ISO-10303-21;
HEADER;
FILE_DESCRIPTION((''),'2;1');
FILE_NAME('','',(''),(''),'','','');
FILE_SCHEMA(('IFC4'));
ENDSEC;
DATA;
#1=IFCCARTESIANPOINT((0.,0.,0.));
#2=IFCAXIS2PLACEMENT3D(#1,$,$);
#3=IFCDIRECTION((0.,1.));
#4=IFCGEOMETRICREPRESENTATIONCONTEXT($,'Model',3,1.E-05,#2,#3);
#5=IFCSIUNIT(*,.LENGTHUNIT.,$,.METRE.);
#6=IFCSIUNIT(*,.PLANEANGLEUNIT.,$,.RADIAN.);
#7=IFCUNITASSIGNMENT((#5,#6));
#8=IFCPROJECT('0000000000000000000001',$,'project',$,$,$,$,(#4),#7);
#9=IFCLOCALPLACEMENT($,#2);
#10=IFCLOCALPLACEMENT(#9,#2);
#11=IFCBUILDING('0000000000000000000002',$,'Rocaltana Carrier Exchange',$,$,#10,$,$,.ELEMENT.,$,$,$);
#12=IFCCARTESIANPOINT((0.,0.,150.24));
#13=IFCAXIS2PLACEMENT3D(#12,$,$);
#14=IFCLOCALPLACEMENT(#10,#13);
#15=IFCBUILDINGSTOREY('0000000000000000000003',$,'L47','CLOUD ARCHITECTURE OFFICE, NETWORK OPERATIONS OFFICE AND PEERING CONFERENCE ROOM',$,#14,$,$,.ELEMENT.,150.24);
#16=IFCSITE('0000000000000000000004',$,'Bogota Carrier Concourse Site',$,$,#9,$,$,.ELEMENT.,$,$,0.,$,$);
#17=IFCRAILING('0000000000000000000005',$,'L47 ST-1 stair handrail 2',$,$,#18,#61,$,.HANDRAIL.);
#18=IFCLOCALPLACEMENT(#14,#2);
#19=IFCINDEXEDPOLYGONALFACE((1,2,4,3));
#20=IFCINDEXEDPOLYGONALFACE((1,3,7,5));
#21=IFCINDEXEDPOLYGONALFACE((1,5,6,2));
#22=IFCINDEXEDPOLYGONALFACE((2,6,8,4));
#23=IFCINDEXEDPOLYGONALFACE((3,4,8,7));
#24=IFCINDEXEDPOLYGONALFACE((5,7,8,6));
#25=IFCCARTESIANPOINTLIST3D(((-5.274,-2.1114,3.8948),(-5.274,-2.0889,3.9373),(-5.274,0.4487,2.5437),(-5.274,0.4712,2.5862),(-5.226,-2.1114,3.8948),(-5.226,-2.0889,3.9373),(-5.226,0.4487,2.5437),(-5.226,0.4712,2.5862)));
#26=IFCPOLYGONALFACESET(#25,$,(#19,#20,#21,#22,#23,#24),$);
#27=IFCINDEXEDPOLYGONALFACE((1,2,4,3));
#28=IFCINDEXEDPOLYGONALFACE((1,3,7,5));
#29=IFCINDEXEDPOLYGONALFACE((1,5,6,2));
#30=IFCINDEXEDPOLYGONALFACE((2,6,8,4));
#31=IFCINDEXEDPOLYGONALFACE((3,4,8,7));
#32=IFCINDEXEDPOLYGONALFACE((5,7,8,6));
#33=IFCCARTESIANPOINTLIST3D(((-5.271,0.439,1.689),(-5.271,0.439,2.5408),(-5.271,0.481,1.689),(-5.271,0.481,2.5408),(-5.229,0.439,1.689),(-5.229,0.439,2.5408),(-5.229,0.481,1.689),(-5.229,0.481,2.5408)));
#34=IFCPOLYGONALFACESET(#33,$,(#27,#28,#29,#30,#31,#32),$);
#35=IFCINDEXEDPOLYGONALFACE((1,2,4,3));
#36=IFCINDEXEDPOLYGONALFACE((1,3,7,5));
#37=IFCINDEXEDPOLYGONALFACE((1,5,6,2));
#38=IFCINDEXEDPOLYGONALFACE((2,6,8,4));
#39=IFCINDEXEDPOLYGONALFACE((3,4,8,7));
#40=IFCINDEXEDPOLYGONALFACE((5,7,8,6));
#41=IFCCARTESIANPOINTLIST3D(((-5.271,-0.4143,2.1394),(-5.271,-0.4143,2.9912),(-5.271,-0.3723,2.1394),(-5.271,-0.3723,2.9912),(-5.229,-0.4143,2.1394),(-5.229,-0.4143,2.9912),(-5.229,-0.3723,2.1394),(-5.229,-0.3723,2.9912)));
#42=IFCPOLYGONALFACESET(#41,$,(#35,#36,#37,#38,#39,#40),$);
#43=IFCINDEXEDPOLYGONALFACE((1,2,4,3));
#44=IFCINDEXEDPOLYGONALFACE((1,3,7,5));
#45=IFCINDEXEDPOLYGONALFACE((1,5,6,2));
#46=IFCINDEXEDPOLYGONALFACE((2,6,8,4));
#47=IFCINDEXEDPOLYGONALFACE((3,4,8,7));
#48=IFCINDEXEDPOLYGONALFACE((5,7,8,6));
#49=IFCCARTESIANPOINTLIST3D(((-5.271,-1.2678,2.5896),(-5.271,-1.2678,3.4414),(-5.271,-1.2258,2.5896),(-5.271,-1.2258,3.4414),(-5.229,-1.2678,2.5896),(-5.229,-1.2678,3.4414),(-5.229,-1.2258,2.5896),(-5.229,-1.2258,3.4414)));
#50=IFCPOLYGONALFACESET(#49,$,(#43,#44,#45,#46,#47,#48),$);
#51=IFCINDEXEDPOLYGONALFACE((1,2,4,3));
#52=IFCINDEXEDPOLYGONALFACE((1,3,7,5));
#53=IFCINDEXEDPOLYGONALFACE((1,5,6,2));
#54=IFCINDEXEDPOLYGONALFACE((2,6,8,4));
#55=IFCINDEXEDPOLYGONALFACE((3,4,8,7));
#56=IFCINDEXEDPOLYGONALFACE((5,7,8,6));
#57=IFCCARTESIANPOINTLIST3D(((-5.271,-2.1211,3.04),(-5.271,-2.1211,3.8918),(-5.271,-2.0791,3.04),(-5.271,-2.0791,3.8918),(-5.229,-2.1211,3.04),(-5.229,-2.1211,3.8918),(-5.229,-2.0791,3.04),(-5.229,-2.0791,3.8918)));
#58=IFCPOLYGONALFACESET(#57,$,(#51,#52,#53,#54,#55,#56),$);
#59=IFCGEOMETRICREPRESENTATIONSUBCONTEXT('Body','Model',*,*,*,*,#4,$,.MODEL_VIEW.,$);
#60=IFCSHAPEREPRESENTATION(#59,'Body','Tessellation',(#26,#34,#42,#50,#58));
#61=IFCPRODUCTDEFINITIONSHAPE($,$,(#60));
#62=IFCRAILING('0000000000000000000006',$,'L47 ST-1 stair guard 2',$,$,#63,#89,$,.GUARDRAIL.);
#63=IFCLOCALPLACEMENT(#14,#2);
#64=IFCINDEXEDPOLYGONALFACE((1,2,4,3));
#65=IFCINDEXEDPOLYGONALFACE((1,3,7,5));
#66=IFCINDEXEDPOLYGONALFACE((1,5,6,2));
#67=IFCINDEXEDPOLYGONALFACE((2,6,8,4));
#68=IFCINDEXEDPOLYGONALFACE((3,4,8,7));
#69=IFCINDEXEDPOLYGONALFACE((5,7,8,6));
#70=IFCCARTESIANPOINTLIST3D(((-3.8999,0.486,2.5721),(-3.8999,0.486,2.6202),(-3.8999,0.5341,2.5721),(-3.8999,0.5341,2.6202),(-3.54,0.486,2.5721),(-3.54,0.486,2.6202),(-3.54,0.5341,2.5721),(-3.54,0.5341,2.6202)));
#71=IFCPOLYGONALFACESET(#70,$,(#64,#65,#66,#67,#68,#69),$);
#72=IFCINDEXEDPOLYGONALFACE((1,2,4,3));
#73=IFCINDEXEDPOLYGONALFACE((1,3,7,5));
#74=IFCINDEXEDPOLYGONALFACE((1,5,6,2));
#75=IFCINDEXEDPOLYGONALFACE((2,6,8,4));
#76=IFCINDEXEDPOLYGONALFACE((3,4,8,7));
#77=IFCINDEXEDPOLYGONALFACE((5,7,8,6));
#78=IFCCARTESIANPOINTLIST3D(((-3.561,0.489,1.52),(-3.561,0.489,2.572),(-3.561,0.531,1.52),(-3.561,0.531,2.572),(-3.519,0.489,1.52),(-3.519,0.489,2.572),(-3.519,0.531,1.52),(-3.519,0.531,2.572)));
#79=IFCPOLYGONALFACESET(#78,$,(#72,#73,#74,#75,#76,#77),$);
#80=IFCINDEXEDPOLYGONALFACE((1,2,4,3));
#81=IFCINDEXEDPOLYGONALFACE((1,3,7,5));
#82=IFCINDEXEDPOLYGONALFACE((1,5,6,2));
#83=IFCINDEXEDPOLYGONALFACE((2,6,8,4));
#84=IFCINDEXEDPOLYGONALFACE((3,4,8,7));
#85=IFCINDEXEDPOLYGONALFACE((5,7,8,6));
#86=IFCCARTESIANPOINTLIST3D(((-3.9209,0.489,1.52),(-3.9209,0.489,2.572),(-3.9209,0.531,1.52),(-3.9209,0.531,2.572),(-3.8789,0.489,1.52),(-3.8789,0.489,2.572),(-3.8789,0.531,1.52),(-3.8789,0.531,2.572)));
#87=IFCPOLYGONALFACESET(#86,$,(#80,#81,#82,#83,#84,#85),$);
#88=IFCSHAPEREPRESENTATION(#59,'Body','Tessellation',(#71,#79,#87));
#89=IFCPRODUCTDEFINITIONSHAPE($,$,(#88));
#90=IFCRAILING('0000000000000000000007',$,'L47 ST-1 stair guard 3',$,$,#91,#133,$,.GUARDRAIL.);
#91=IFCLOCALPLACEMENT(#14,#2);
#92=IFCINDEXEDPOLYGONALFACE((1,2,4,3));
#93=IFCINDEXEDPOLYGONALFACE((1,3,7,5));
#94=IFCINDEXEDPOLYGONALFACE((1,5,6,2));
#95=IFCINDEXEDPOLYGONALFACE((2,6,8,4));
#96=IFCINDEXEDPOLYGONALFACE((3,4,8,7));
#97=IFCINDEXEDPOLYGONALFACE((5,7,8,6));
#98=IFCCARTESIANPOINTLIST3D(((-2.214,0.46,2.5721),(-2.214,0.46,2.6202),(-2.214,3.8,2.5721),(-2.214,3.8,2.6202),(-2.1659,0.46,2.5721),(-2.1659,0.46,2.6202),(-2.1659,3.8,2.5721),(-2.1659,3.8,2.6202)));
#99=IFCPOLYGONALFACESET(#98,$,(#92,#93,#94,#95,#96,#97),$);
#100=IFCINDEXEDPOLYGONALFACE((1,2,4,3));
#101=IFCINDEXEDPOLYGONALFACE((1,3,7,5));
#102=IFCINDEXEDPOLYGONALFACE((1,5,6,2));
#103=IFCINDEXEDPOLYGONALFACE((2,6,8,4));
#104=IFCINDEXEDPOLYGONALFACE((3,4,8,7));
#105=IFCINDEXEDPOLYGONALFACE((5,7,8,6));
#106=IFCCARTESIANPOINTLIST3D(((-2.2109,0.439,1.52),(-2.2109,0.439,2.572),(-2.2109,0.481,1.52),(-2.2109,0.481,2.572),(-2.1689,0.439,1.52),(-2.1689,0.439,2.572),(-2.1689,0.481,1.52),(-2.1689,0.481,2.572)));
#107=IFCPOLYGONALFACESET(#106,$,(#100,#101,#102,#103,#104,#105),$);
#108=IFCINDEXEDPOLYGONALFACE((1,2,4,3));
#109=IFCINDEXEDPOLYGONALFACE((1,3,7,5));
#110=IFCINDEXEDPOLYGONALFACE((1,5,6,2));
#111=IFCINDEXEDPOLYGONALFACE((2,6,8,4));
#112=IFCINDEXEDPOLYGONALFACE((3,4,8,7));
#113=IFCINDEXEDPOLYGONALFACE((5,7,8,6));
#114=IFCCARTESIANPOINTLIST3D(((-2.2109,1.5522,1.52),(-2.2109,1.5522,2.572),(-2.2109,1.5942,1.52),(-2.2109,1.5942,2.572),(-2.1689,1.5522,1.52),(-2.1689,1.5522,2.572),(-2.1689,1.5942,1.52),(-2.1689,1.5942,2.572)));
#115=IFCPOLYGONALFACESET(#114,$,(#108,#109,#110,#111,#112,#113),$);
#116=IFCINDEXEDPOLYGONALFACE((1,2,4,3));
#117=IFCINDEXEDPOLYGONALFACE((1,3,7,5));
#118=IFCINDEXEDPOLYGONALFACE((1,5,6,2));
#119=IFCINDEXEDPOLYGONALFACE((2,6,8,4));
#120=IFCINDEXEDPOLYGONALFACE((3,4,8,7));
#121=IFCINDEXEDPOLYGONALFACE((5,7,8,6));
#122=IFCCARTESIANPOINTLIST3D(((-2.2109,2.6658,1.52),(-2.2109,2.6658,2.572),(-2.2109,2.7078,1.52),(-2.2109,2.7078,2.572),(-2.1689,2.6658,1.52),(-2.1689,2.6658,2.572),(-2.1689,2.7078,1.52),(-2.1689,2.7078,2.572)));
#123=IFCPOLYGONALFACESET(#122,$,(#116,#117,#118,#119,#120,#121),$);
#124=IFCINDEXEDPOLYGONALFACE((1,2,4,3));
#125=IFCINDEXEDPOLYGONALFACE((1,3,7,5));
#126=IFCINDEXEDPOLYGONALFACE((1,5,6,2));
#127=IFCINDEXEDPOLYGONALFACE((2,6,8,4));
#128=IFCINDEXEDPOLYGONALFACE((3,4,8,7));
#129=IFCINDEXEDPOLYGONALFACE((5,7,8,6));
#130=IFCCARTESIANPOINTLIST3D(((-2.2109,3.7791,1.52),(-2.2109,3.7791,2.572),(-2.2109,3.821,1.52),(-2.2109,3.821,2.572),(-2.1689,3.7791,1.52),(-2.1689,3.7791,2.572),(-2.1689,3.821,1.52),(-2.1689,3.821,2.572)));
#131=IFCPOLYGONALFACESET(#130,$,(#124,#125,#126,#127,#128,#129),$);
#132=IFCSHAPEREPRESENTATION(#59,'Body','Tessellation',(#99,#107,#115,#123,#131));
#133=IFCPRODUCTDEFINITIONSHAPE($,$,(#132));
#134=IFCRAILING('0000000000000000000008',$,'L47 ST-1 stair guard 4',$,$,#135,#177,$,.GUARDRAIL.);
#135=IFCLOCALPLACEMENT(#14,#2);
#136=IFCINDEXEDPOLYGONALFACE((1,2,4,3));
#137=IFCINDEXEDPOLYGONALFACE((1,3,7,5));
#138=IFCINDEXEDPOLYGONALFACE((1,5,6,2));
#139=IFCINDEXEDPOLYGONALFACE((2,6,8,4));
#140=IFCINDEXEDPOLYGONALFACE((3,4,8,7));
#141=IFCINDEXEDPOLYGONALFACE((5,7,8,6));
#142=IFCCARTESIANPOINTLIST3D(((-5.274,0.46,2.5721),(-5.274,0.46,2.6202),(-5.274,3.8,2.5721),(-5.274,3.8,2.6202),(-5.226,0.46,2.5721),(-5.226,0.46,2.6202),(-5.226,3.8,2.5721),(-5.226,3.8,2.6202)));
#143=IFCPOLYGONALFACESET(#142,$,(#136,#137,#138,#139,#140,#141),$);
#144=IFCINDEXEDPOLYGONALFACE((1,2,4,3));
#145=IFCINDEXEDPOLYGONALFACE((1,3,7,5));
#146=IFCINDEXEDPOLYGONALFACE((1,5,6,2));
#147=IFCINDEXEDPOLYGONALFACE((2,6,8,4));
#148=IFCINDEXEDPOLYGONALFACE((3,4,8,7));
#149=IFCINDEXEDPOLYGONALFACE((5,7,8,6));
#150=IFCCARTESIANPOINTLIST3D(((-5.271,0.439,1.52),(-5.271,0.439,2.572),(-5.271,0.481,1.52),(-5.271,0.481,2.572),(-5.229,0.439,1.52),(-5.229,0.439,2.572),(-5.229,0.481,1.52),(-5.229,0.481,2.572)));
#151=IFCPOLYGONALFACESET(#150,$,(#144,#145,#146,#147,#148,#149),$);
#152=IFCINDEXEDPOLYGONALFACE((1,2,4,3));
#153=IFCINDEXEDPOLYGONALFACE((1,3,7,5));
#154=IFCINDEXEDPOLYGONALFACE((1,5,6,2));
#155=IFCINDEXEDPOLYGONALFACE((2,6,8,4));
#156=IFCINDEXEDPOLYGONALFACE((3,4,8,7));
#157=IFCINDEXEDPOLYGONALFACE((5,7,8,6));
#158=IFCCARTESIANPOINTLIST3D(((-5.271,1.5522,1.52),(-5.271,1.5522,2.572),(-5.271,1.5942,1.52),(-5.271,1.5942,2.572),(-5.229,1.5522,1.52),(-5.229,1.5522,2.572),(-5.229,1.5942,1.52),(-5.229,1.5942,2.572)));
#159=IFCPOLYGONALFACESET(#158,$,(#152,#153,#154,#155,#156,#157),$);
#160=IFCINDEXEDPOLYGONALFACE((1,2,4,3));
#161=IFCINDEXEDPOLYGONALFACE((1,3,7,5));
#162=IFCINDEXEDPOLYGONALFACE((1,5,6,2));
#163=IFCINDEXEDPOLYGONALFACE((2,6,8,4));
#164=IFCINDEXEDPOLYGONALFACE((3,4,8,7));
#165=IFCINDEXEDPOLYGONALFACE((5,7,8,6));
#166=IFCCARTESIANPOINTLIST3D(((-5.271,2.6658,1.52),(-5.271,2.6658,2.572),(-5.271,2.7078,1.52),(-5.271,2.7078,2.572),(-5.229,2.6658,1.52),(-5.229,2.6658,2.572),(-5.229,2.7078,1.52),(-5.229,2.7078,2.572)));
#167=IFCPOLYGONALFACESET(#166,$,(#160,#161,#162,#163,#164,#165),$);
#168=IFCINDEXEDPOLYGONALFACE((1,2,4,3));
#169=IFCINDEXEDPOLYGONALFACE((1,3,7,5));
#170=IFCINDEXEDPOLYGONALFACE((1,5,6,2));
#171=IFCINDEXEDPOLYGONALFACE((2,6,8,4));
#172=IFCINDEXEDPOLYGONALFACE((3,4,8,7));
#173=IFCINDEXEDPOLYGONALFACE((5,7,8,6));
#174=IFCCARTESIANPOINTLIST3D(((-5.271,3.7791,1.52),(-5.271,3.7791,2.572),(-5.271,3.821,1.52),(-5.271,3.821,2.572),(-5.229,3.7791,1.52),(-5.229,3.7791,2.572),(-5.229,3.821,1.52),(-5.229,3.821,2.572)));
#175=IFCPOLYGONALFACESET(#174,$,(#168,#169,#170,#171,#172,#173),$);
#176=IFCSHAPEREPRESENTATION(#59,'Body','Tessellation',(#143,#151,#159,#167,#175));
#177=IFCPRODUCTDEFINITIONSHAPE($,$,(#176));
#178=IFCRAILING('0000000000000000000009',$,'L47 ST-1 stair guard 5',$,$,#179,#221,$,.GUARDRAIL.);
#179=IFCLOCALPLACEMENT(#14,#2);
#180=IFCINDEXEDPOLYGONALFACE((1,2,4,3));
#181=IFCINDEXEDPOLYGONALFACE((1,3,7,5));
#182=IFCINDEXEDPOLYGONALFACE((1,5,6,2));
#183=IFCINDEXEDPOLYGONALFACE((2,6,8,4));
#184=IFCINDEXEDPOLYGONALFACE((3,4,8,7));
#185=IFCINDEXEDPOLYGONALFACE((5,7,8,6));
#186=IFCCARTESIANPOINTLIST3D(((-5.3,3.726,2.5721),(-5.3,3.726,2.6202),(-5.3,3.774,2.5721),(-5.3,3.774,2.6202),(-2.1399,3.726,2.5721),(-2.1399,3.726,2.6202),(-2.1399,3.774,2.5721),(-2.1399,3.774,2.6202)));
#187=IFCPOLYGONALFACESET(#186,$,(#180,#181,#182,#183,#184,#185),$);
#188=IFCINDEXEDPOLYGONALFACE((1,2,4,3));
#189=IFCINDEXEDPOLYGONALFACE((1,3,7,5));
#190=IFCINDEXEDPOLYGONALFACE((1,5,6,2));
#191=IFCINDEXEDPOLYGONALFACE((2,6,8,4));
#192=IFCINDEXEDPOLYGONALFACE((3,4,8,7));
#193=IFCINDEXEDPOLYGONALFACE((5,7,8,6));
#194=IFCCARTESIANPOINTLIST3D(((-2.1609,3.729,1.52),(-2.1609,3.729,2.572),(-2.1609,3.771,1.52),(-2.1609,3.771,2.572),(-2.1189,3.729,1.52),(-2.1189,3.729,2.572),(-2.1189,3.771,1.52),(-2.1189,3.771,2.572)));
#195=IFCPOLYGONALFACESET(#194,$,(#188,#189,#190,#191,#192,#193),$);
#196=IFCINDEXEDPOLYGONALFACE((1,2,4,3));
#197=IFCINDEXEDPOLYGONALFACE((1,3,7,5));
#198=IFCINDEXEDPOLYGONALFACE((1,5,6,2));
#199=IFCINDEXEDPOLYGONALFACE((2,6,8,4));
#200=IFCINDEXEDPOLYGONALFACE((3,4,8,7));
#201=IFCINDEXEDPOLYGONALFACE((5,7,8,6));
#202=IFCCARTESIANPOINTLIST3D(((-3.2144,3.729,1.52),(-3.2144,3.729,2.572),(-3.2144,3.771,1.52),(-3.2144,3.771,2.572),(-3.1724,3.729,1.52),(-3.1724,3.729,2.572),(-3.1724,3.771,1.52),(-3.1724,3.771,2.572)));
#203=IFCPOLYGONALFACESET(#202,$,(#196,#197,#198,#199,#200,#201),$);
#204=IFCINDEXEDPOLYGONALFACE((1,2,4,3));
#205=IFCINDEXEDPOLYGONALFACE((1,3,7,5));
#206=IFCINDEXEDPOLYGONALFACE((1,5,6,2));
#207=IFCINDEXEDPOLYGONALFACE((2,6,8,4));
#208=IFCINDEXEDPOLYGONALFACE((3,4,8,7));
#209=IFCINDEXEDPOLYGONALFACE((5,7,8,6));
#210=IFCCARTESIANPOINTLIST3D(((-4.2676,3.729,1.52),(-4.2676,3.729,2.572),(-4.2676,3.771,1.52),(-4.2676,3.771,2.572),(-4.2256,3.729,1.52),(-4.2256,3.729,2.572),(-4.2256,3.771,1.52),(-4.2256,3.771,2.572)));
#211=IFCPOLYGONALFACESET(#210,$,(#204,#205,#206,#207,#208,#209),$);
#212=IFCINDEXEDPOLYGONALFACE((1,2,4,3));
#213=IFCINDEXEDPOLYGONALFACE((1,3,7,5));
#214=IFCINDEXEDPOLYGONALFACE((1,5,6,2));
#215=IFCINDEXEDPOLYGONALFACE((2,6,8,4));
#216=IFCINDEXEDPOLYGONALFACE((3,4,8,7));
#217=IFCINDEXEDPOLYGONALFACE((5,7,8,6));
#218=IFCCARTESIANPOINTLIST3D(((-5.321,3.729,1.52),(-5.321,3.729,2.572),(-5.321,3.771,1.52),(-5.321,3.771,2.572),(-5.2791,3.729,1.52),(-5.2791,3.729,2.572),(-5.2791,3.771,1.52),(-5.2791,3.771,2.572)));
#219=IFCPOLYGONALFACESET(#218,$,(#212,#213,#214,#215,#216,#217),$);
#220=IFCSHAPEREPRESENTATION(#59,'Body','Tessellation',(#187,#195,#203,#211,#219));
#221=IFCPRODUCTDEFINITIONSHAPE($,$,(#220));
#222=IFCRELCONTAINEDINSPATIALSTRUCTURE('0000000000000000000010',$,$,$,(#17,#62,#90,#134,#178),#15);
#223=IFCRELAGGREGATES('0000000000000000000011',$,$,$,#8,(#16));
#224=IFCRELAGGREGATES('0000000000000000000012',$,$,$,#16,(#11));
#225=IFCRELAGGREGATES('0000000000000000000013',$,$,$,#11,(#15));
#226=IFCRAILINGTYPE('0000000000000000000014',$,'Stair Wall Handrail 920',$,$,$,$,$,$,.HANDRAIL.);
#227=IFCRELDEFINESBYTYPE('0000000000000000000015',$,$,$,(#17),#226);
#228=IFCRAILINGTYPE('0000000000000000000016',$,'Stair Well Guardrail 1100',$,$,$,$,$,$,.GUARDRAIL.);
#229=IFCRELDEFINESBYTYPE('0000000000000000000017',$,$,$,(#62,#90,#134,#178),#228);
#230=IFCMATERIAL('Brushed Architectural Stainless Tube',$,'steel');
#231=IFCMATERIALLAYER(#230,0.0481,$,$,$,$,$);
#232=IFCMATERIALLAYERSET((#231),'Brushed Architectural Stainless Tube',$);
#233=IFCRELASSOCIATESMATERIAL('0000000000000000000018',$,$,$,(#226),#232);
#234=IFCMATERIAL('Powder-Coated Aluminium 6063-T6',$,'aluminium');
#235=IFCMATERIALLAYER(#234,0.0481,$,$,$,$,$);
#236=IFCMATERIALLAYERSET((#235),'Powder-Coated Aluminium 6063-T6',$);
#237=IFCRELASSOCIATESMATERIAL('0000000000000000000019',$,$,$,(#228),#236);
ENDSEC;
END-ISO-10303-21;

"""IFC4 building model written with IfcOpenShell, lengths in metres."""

from ifc_helpers import new_model, si_unit, direction, frame, origin, origin_2d, place, context, subcontext, project, spatial, rectangle, extrude, material, layer, layer_set, type_object, element, save


model = new_model("IFC4")

# Units and contexts
model_context = context("Model", 3, precision=1e-05, world=origin(), true_north=direction((0.0, 1.0)))
body_context = subcontext(model_context, "Body", "Model", "MODEL_VIEW")
ifc_project = project(units=[si_unit("LENGTHUNIT", "METRE"), si_unit("PLANEANGLEUNIT", "RADIAN")], contexts=[model_context])

# Site, building, storey
site_placement = place(None, origin())
site = spatial("IfcSite", under=ifc_project, at=site_placement, Name="Bogota Carrier Concourse Site", CompositionType="ELEMENT", RefElevation=0.0)
building_placement = place(site_placement, origin())
building = spatial("IfcBuilding", under=site, at=building_placement, Name="Rocaltana Carrier Exchange", CompositionType="ELEMENT")
storey_placement = place(building_placement, frame((0.0, 0.0, 150.24)))
storey = spatial("IfcBuildingStorey", under=building, at=storey_placement, Name="L47", Description="CLOUD ARCHITECTURE OFFICE, NETWORK OPERATIONS OFFICE AND PEERING CONFERENCE ROOM", CompositionType="ELEMENT", Elevation=150.24)

# Railings
ifc_material_1 = material(Name="Brushed Architectural Stainless Tube", Category="steel")
ifc_layer_1 = layer(ifc_material_1, 0.0481)
ifc_layer_set_1 = layer_set([ifc_layer_1], Name="Brushed Architectural Stainless Tube")
railing_type_1 = type_object("IfcRailingType", Name="Stair Wall Handrail 920", PredefinedType="HANDRAIL", material=ifc_layer_set_1)
railing_1_placement = place(storey_placement, frame((-5.25, 0.46, 1.689)))
element("IfcRailing", 1, at=railing_1_placement, inside=storey, type_object=railing_type_1, Name="L47 ST-1 stair handrail 2", PredefinedType="HANDRAIL", context=body_context, shape_type="SweptSolid", body=[
    extrude(rectangle(XDim=0.0481, YDim=0.0481, at=origin_2d()), frame((0.0, 0.0, 0.876), z_axis=(0.0, -0.884394, 0.46674), x_axis=(1.0, 0.0, 0.0)), (0.0, 0.0, 1.0), 2.8948),
    extrude(rectangle(XDim=0.042, YDim=0.042, at=origin_2d()), origin(), (0.0, 0.0, 1.0), 0.8518),
    extrude(rectangle(XDim=0.042, YDim=0.042, at=origin_2d()), frame((0.0, -0.8533, 0.4504)), (0.0, 0.0, 1.0), 0.8518),
    extrude(rectangle(XDim=0.042, YDim=0.042, at=origin_2d()), frame((0.0, -1.7068, 0.9006)), (0.0, 0.0, 1.0), 0.8518),
    extrude(rectangle(XDim=0.042, YDim=0.042, at=origin_2d()), frame((0.0, -2.5601, 1.3511)), (0.0, 0.0, 1.0), 0.8518),
])
ifc_material_2 = material(Name="Powder-Coated Aluminium 6063-T6", Category="aluminium")
ifc_layer_2 = layer(ifc_material_2, 0.0481)
ifc_layer_set_2 = layer_set([ifc_layer_2], Name="Powder-Coated Aluminium 6063-T6")
railing_type_2 = type_object("IfcRailingType", Name="Stair Well Guardrail 1100", PredefinedType="GUARDRAIL", material=ifc_layer_set_2)
railing_2_placement = place(storey_placement, frame((-3.54, 0.51, 1.52)))
element("IfcRailing", 2, at=railing_2_placement, inside=storey, type_object=railing_type_2, Name="L47 ST-1 stair guard 2", PredefinedType="GUARDRAIL", context=body_context, shape_type="SweptSolid", body=[
    extrude(rectangle(XDim=0.0481, YDim=0.0481, at=origin_2d()), frame((0.0, 0.0, 1.0762), z_axis=(-1.0, 0.0, 0.0), x_axis=(0.0, -1.0, 0.0)), (0.0, 0.0, 1.0), 0.3599),
    extrude(rectangle(XDim=0.042, YDim=0.042, at=origin_2d()), origin(), (0.0, 0.0, 1.0), 1.052),
    extrude(rectangle(XDim=0.042, YDim=0.042, at=origin_2d()), frame((-0.3599, 0.0, 0.0)), (0.0, 0.0, 1.0), 1.052),
])
for number, where, name in (
    (3, (-2.1899, 0.46, 1.52), "L47 ST-1 stair guard 3"),
    (4, (-5.25, 0.46, 1.52), "L47 ST-1 stair guard 4"),
):
    element("IfcRailing", number, at=place(storey_placement, frame(where)), inside=storey, type_object=railing_type_2, Name=name, PredefinedType="GUARDRAIL", context=body_context, shape_type="SweptSolid", body=[
        extrude(rectangle(XDim=0.0481, YDim=0.0481, at=origin_2d()), frame((0.0, 0.0, 1.0762), z_axis=(0.0, 1.0, 0.0), x_axis=(-1.0, 0.0, 0.0)), (0.0, 0.0, 1.0), 3.3401),
        extrude(rectangle(XDim=0.042, YDim=0.042, at=origin_2d()), origin(), (0.0, 0.0, 1.0), 1.052),
        extrude(rectangle(XDim=0.042, YDim=0.042, at=origin_2d()), frame((0.0, 1.1133, 0.0)), (0.0, 0.0, 1.0), 1.052),
        extrude(rectangle(XDim=0.042, YDim=0.042, at=origin_2d()), frame((0.0, 2.2268, 0.0)), (0.0, 0.0, 1.0), 1.052),
        extrude(rectangle(XDim=0.042, YDim=0.042, at=origin_2d()), frame((0.0, 3.3401, 0.0)), (0.0, 0.0, 1.0), 1.052),
    ])
railing_3_placement = place(storey_placement, frame((-2.1399, 3.75, 1.52)))
element("IfcRailing", 5, at=railing_3_placement, inside=storey, type_object=railing_type_2, Name="L47 ST-1 stair guard 5", PredefinedType="GUARDRAIL", context=body_context, shape_type="SweptSolid", body=[
    extrude(rectangle(XDim=0.0481, YDim=0.0481, at=origin_2d()), frame((0.0, 0.0, 1.0762), z_axis=(-1.0, 0.0, 0.0), x_axis=(0.0, -1.0, 0.0)), (0.0, 0.0, 1.0), 3.1602),
    extrude(rectangle(XDim=0.042, YDim=0.042, at=origin_2d()), origin(), (0.0, 0.0, 1.0), 1.052),
    extrude(rectangle(XDim=0.042, YDim=0.042, at=origin_2d()), frame((-1.0535, 0.0, 0.0)), (0.0, 0.0, 1.0), 1.052),
    extrude(rectangle(XDim=0.042, YDim=0.042, at=origin_2d()), frame((-2.1067, 0.0, 0.0)), (0.0, 0.0, 1.0), 1.052),
    extrude(rectangle(XDim=0.042, YDim=0.042, at=origin_2d()), frame((-3.1602, 0.0, 0.0)), (0.0, 0.0, 1.0), 1.052),
])

save(model, "model.ifc")
